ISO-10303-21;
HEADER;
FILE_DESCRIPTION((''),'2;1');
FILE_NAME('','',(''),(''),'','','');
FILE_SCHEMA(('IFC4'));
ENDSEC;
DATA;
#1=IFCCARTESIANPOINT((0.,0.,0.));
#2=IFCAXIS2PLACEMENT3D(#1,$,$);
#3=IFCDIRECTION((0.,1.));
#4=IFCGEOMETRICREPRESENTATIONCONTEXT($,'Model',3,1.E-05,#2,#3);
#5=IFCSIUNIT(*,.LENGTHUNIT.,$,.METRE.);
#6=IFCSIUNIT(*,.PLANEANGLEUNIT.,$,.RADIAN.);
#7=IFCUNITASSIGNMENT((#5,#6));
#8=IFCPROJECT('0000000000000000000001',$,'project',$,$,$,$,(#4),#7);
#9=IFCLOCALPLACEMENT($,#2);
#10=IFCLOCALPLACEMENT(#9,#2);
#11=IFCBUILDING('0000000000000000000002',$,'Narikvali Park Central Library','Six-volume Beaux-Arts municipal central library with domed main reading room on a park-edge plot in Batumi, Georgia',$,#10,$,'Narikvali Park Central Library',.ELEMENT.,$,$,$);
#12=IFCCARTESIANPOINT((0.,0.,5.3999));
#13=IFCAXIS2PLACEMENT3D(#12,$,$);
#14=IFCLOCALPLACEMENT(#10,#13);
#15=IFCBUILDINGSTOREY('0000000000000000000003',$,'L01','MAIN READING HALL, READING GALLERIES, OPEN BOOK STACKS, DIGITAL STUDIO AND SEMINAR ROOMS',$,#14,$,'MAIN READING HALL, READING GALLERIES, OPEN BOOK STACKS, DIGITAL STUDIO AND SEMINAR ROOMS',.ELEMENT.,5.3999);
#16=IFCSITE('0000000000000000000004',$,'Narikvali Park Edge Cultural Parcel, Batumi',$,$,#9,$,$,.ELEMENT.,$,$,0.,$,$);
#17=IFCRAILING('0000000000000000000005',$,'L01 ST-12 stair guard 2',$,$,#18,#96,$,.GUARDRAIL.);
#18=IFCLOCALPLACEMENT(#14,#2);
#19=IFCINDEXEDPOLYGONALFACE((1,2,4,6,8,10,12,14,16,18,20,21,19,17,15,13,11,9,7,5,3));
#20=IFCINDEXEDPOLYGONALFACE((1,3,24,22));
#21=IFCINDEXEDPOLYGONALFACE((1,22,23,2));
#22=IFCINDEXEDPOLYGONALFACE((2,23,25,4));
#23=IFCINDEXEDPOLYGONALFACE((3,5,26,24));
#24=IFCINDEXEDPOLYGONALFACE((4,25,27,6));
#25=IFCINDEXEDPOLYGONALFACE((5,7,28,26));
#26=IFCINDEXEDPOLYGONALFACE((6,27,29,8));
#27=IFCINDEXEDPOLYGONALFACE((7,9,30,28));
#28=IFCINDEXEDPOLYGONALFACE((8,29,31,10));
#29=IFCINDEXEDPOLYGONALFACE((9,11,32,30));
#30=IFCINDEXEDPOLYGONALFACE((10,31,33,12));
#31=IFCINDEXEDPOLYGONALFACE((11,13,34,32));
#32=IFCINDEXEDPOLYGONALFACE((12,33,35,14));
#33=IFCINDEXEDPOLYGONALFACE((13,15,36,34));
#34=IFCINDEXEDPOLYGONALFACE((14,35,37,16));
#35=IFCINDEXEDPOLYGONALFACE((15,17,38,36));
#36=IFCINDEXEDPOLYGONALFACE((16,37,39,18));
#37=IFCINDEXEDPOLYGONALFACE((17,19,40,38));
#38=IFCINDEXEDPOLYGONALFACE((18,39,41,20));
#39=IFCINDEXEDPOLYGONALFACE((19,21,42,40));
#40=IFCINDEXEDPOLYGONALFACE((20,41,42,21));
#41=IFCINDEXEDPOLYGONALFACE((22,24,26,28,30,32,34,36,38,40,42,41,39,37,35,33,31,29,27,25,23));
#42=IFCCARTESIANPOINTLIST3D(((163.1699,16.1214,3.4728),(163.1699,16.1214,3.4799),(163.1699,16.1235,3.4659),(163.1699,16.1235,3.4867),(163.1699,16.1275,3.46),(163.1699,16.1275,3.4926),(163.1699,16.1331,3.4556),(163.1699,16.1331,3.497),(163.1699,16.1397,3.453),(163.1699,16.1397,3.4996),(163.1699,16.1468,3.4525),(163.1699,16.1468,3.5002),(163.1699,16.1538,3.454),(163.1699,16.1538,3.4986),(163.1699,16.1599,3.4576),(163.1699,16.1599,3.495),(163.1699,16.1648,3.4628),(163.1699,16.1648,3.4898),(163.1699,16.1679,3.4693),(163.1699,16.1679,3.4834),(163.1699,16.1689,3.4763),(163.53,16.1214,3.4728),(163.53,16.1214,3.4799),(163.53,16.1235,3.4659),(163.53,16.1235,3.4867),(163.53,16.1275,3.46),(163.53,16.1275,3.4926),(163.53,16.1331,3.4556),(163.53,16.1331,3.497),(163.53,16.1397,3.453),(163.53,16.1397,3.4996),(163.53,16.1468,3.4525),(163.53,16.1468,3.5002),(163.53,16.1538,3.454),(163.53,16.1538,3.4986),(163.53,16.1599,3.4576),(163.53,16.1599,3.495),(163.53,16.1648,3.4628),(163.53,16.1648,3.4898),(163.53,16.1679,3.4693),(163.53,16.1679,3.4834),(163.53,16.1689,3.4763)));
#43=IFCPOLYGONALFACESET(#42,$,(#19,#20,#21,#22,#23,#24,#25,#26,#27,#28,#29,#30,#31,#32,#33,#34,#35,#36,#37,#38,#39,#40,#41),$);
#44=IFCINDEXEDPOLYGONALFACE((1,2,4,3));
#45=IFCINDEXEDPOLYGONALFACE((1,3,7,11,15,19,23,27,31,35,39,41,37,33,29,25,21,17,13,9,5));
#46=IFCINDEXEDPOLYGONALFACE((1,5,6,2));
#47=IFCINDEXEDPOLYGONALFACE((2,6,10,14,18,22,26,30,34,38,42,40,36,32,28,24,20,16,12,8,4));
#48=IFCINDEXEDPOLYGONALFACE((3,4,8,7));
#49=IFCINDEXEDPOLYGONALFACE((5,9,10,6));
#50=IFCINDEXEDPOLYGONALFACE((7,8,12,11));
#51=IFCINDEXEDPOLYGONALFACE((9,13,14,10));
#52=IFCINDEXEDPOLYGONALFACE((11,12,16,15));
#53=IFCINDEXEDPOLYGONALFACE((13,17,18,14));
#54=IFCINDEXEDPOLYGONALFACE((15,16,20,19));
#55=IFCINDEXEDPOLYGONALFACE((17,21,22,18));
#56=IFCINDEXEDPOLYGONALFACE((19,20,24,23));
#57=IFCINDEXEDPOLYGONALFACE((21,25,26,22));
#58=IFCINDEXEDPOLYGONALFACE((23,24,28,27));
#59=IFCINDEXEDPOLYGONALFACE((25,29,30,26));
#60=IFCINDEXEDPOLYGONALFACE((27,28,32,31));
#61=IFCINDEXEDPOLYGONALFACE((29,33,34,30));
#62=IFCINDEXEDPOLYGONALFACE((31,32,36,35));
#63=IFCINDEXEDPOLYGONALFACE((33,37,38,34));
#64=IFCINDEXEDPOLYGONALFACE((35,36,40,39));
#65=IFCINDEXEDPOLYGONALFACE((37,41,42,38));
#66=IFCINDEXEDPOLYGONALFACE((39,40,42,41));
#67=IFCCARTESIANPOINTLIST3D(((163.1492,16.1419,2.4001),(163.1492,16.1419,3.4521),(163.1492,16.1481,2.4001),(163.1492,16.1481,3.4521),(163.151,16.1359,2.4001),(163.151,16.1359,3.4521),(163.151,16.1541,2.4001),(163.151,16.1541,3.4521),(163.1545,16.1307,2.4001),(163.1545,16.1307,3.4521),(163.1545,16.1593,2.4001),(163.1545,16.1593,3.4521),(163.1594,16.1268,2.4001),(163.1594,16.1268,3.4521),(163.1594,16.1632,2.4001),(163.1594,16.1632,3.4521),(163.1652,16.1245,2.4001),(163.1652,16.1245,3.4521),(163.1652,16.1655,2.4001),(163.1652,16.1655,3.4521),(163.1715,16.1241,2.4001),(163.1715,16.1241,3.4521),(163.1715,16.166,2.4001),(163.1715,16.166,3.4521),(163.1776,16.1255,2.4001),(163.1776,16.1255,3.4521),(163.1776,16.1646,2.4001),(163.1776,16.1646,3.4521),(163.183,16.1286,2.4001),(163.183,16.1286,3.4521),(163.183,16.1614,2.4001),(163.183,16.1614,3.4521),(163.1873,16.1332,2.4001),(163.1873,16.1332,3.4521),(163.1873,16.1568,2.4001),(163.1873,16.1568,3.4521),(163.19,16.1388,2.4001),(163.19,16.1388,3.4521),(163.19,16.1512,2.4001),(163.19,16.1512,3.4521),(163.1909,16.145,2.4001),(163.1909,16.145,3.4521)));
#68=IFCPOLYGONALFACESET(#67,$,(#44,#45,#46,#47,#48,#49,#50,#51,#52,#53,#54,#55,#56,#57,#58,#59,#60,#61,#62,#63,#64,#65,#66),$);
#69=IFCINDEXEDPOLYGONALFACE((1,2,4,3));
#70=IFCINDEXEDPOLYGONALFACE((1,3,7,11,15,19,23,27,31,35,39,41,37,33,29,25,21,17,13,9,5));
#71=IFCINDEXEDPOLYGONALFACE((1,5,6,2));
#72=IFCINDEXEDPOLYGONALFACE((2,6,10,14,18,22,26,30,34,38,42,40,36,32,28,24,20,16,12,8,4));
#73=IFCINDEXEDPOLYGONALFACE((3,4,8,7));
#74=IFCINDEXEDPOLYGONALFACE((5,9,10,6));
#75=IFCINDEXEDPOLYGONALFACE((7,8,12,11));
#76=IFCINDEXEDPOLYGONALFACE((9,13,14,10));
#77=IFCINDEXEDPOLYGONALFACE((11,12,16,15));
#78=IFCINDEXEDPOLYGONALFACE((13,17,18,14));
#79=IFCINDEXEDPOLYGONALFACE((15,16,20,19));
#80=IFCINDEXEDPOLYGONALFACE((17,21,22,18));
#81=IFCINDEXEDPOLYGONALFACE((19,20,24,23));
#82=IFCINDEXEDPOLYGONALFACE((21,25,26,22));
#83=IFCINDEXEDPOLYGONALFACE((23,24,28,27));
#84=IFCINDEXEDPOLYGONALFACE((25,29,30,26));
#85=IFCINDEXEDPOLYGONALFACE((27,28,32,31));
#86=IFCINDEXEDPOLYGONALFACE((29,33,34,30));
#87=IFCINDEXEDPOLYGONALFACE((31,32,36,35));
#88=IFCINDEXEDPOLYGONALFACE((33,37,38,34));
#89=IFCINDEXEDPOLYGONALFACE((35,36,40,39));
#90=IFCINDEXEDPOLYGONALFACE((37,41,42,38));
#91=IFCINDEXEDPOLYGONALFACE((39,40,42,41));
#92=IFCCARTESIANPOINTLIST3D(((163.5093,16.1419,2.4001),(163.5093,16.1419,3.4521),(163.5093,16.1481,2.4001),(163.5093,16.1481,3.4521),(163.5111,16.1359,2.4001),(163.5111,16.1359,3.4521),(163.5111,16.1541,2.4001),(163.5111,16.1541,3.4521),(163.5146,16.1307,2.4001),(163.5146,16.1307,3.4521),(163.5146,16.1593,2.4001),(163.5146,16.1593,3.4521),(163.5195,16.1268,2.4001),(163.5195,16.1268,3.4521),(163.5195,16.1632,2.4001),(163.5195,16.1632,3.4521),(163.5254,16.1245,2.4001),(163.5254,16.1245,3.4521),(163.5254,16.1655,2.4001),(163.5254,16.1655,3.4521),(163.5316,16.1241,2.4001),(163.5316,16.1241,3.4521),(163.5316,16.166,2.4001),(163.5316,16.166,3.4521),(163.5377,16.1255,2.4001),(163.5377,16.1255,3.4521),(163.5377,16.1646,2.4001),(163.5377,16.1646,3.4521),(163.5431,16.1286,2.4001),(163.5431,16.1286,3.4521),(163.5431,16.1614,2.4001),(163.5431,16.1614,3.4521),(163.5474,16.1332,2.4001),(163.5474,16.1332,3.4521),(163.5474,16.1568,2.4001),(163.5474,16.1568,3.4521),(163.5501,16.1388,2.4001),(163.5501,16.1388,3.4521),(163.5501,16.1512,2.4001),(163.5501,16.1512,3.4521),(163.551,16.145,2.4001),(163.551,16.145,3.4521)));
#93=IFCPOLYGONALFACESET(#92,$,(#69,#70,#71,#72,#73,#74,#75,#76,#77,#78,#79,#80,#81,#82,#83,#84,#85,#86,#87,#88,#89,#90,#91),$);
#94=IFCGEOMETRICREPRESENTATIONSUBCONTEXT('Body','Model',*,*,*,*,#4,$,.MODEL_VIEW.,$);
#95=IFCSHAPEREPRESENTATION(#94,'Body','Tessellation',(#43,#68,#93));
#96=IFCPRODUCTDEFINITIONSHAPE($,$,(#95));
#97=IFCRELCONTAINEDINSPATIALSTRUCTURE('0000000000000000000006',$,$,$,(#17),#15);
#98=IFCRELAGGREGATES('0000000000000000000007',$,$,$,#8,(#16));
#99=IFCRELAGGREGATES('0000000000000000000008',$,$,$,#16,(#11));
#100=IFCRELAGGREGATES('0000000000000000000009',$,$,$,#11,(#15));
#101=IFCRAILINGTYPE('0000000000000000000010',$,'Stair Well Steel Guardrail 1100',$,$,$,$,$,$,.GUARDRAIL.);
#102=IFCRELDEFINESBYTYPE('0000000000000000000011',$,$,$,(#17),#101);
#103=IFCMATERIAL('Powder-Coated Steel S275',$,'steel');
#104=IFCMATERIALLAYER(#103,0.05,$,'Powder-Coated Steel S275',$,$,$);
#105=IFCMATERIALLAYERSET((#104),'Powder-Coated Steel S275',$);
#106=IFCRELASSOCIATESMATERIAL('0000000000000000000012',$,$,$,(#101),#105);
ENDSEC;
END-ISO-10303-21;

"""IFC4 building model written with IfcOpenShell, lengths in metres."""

from ifc_helpers import new_model, si_unit, direction, frame, origin, origin_2d, place, context, subcontext, project, spatial, circle, extrude, material, layer, layer_set, type_object, element, save


model = new_model("IFC4")

# Units and contexts
model_context = context("Model", 3, precision=1e-05, world=origin(), true_north=direction((0.0, 1.0)))
body_context = subcontext(model_context, "Body", "Model", "MODEL_VIEW")
ifc_project = project(units=[si_unit("LENGTHUNIT", "METRE"), si_unit("PLANEANGLEUNIT", "RADIAN")], contexts=[model_context])

# Site, building, storey
site_placement = place(None, origin())
site = spatial("IfcSite", under=ifc_project, at=site_placement, Name="Narikvali Park Edge Cultural Parcel, Batumi", CompositionType="ELEMENT", RefElevation=0.0)
building_placement = place(site_placement, origin())
building = spatial("IfcBuilding", under=site, at=building_placement, Name="Narikvali Park Central Library", Description="Six-volume Beaux-Arts municipal central library with domed main reading room on a park-edge plot in Batumi, Georgia", LongName="Narikvali Park Central Library", CompositionType="ELEMENT")
storey_placement = place(building_placement, frame((0.0, 0.0, 5.3999)))
storey = spatial("IfcBuildingStorey", under=building, at=storey_placement, Name="L01", Description="MAIN READING HALL, READING GALLERIES, OPEN BOOK STACKS, DIGITAL STUDIO AND SEMINAR ROOMS", LongName="MAIN READING HALL, READING GALLERIES, OPEN BOOK STACKS, DIGITAL STUDIO AND SEMINAR ROOMS", CompositionType="ELEMENT", Elevation=5.3999)

# Railing
ifc_material_1 = material(Name="Powder-Coated Steel S275", Category="steel")
ifc_layer_1 = layer(ifc_material_1, 0.05, Name="Powder-Coated Steel S275")
ifc_layer_set_1 = layer_set([ifc_layer_1], Name="Powder-Coated Steel S275")
railing_type_1 = type_object("IfcRailingType", Name="Stair Well Steel Guardrail 1100", PredefinedType="GUARDRAIL", material=ifc_layer_set_1)
railing_1_placement = place(storey_placement, frame((163.1699, 16.145, 2.4001)))
element("IfcRailing", 1, at=railing_1_placement, inside=storey, type_object=railing_type_1, Name="L01 ST-12 stair guard 2", PredefinedType="GUARDRAIL", context=body_context, shape_type="SweptSolid", body=[
    extrude(circle(Radius=0.0239, at=origin_2d()), frame((0.0, 0.0, 1.0762), z_axis=(1.0, 0.0, 0.0), x_axis=(0.0, 1.0, 0.0)), (0.0, 0.0, 1.0), 0.3601),
    extrude(circle(Radius=0.021, at=origin_2d()), origin(), (0.0, 0.0, 1.0), 1.052),
    extrude(circle(Radius=0.021, at=origin_2d()), frame((0.3601, 0.0, 0.0)), (0.0, 0.0, 1.0), 1.052),
])

save(model, "model.ifc")
